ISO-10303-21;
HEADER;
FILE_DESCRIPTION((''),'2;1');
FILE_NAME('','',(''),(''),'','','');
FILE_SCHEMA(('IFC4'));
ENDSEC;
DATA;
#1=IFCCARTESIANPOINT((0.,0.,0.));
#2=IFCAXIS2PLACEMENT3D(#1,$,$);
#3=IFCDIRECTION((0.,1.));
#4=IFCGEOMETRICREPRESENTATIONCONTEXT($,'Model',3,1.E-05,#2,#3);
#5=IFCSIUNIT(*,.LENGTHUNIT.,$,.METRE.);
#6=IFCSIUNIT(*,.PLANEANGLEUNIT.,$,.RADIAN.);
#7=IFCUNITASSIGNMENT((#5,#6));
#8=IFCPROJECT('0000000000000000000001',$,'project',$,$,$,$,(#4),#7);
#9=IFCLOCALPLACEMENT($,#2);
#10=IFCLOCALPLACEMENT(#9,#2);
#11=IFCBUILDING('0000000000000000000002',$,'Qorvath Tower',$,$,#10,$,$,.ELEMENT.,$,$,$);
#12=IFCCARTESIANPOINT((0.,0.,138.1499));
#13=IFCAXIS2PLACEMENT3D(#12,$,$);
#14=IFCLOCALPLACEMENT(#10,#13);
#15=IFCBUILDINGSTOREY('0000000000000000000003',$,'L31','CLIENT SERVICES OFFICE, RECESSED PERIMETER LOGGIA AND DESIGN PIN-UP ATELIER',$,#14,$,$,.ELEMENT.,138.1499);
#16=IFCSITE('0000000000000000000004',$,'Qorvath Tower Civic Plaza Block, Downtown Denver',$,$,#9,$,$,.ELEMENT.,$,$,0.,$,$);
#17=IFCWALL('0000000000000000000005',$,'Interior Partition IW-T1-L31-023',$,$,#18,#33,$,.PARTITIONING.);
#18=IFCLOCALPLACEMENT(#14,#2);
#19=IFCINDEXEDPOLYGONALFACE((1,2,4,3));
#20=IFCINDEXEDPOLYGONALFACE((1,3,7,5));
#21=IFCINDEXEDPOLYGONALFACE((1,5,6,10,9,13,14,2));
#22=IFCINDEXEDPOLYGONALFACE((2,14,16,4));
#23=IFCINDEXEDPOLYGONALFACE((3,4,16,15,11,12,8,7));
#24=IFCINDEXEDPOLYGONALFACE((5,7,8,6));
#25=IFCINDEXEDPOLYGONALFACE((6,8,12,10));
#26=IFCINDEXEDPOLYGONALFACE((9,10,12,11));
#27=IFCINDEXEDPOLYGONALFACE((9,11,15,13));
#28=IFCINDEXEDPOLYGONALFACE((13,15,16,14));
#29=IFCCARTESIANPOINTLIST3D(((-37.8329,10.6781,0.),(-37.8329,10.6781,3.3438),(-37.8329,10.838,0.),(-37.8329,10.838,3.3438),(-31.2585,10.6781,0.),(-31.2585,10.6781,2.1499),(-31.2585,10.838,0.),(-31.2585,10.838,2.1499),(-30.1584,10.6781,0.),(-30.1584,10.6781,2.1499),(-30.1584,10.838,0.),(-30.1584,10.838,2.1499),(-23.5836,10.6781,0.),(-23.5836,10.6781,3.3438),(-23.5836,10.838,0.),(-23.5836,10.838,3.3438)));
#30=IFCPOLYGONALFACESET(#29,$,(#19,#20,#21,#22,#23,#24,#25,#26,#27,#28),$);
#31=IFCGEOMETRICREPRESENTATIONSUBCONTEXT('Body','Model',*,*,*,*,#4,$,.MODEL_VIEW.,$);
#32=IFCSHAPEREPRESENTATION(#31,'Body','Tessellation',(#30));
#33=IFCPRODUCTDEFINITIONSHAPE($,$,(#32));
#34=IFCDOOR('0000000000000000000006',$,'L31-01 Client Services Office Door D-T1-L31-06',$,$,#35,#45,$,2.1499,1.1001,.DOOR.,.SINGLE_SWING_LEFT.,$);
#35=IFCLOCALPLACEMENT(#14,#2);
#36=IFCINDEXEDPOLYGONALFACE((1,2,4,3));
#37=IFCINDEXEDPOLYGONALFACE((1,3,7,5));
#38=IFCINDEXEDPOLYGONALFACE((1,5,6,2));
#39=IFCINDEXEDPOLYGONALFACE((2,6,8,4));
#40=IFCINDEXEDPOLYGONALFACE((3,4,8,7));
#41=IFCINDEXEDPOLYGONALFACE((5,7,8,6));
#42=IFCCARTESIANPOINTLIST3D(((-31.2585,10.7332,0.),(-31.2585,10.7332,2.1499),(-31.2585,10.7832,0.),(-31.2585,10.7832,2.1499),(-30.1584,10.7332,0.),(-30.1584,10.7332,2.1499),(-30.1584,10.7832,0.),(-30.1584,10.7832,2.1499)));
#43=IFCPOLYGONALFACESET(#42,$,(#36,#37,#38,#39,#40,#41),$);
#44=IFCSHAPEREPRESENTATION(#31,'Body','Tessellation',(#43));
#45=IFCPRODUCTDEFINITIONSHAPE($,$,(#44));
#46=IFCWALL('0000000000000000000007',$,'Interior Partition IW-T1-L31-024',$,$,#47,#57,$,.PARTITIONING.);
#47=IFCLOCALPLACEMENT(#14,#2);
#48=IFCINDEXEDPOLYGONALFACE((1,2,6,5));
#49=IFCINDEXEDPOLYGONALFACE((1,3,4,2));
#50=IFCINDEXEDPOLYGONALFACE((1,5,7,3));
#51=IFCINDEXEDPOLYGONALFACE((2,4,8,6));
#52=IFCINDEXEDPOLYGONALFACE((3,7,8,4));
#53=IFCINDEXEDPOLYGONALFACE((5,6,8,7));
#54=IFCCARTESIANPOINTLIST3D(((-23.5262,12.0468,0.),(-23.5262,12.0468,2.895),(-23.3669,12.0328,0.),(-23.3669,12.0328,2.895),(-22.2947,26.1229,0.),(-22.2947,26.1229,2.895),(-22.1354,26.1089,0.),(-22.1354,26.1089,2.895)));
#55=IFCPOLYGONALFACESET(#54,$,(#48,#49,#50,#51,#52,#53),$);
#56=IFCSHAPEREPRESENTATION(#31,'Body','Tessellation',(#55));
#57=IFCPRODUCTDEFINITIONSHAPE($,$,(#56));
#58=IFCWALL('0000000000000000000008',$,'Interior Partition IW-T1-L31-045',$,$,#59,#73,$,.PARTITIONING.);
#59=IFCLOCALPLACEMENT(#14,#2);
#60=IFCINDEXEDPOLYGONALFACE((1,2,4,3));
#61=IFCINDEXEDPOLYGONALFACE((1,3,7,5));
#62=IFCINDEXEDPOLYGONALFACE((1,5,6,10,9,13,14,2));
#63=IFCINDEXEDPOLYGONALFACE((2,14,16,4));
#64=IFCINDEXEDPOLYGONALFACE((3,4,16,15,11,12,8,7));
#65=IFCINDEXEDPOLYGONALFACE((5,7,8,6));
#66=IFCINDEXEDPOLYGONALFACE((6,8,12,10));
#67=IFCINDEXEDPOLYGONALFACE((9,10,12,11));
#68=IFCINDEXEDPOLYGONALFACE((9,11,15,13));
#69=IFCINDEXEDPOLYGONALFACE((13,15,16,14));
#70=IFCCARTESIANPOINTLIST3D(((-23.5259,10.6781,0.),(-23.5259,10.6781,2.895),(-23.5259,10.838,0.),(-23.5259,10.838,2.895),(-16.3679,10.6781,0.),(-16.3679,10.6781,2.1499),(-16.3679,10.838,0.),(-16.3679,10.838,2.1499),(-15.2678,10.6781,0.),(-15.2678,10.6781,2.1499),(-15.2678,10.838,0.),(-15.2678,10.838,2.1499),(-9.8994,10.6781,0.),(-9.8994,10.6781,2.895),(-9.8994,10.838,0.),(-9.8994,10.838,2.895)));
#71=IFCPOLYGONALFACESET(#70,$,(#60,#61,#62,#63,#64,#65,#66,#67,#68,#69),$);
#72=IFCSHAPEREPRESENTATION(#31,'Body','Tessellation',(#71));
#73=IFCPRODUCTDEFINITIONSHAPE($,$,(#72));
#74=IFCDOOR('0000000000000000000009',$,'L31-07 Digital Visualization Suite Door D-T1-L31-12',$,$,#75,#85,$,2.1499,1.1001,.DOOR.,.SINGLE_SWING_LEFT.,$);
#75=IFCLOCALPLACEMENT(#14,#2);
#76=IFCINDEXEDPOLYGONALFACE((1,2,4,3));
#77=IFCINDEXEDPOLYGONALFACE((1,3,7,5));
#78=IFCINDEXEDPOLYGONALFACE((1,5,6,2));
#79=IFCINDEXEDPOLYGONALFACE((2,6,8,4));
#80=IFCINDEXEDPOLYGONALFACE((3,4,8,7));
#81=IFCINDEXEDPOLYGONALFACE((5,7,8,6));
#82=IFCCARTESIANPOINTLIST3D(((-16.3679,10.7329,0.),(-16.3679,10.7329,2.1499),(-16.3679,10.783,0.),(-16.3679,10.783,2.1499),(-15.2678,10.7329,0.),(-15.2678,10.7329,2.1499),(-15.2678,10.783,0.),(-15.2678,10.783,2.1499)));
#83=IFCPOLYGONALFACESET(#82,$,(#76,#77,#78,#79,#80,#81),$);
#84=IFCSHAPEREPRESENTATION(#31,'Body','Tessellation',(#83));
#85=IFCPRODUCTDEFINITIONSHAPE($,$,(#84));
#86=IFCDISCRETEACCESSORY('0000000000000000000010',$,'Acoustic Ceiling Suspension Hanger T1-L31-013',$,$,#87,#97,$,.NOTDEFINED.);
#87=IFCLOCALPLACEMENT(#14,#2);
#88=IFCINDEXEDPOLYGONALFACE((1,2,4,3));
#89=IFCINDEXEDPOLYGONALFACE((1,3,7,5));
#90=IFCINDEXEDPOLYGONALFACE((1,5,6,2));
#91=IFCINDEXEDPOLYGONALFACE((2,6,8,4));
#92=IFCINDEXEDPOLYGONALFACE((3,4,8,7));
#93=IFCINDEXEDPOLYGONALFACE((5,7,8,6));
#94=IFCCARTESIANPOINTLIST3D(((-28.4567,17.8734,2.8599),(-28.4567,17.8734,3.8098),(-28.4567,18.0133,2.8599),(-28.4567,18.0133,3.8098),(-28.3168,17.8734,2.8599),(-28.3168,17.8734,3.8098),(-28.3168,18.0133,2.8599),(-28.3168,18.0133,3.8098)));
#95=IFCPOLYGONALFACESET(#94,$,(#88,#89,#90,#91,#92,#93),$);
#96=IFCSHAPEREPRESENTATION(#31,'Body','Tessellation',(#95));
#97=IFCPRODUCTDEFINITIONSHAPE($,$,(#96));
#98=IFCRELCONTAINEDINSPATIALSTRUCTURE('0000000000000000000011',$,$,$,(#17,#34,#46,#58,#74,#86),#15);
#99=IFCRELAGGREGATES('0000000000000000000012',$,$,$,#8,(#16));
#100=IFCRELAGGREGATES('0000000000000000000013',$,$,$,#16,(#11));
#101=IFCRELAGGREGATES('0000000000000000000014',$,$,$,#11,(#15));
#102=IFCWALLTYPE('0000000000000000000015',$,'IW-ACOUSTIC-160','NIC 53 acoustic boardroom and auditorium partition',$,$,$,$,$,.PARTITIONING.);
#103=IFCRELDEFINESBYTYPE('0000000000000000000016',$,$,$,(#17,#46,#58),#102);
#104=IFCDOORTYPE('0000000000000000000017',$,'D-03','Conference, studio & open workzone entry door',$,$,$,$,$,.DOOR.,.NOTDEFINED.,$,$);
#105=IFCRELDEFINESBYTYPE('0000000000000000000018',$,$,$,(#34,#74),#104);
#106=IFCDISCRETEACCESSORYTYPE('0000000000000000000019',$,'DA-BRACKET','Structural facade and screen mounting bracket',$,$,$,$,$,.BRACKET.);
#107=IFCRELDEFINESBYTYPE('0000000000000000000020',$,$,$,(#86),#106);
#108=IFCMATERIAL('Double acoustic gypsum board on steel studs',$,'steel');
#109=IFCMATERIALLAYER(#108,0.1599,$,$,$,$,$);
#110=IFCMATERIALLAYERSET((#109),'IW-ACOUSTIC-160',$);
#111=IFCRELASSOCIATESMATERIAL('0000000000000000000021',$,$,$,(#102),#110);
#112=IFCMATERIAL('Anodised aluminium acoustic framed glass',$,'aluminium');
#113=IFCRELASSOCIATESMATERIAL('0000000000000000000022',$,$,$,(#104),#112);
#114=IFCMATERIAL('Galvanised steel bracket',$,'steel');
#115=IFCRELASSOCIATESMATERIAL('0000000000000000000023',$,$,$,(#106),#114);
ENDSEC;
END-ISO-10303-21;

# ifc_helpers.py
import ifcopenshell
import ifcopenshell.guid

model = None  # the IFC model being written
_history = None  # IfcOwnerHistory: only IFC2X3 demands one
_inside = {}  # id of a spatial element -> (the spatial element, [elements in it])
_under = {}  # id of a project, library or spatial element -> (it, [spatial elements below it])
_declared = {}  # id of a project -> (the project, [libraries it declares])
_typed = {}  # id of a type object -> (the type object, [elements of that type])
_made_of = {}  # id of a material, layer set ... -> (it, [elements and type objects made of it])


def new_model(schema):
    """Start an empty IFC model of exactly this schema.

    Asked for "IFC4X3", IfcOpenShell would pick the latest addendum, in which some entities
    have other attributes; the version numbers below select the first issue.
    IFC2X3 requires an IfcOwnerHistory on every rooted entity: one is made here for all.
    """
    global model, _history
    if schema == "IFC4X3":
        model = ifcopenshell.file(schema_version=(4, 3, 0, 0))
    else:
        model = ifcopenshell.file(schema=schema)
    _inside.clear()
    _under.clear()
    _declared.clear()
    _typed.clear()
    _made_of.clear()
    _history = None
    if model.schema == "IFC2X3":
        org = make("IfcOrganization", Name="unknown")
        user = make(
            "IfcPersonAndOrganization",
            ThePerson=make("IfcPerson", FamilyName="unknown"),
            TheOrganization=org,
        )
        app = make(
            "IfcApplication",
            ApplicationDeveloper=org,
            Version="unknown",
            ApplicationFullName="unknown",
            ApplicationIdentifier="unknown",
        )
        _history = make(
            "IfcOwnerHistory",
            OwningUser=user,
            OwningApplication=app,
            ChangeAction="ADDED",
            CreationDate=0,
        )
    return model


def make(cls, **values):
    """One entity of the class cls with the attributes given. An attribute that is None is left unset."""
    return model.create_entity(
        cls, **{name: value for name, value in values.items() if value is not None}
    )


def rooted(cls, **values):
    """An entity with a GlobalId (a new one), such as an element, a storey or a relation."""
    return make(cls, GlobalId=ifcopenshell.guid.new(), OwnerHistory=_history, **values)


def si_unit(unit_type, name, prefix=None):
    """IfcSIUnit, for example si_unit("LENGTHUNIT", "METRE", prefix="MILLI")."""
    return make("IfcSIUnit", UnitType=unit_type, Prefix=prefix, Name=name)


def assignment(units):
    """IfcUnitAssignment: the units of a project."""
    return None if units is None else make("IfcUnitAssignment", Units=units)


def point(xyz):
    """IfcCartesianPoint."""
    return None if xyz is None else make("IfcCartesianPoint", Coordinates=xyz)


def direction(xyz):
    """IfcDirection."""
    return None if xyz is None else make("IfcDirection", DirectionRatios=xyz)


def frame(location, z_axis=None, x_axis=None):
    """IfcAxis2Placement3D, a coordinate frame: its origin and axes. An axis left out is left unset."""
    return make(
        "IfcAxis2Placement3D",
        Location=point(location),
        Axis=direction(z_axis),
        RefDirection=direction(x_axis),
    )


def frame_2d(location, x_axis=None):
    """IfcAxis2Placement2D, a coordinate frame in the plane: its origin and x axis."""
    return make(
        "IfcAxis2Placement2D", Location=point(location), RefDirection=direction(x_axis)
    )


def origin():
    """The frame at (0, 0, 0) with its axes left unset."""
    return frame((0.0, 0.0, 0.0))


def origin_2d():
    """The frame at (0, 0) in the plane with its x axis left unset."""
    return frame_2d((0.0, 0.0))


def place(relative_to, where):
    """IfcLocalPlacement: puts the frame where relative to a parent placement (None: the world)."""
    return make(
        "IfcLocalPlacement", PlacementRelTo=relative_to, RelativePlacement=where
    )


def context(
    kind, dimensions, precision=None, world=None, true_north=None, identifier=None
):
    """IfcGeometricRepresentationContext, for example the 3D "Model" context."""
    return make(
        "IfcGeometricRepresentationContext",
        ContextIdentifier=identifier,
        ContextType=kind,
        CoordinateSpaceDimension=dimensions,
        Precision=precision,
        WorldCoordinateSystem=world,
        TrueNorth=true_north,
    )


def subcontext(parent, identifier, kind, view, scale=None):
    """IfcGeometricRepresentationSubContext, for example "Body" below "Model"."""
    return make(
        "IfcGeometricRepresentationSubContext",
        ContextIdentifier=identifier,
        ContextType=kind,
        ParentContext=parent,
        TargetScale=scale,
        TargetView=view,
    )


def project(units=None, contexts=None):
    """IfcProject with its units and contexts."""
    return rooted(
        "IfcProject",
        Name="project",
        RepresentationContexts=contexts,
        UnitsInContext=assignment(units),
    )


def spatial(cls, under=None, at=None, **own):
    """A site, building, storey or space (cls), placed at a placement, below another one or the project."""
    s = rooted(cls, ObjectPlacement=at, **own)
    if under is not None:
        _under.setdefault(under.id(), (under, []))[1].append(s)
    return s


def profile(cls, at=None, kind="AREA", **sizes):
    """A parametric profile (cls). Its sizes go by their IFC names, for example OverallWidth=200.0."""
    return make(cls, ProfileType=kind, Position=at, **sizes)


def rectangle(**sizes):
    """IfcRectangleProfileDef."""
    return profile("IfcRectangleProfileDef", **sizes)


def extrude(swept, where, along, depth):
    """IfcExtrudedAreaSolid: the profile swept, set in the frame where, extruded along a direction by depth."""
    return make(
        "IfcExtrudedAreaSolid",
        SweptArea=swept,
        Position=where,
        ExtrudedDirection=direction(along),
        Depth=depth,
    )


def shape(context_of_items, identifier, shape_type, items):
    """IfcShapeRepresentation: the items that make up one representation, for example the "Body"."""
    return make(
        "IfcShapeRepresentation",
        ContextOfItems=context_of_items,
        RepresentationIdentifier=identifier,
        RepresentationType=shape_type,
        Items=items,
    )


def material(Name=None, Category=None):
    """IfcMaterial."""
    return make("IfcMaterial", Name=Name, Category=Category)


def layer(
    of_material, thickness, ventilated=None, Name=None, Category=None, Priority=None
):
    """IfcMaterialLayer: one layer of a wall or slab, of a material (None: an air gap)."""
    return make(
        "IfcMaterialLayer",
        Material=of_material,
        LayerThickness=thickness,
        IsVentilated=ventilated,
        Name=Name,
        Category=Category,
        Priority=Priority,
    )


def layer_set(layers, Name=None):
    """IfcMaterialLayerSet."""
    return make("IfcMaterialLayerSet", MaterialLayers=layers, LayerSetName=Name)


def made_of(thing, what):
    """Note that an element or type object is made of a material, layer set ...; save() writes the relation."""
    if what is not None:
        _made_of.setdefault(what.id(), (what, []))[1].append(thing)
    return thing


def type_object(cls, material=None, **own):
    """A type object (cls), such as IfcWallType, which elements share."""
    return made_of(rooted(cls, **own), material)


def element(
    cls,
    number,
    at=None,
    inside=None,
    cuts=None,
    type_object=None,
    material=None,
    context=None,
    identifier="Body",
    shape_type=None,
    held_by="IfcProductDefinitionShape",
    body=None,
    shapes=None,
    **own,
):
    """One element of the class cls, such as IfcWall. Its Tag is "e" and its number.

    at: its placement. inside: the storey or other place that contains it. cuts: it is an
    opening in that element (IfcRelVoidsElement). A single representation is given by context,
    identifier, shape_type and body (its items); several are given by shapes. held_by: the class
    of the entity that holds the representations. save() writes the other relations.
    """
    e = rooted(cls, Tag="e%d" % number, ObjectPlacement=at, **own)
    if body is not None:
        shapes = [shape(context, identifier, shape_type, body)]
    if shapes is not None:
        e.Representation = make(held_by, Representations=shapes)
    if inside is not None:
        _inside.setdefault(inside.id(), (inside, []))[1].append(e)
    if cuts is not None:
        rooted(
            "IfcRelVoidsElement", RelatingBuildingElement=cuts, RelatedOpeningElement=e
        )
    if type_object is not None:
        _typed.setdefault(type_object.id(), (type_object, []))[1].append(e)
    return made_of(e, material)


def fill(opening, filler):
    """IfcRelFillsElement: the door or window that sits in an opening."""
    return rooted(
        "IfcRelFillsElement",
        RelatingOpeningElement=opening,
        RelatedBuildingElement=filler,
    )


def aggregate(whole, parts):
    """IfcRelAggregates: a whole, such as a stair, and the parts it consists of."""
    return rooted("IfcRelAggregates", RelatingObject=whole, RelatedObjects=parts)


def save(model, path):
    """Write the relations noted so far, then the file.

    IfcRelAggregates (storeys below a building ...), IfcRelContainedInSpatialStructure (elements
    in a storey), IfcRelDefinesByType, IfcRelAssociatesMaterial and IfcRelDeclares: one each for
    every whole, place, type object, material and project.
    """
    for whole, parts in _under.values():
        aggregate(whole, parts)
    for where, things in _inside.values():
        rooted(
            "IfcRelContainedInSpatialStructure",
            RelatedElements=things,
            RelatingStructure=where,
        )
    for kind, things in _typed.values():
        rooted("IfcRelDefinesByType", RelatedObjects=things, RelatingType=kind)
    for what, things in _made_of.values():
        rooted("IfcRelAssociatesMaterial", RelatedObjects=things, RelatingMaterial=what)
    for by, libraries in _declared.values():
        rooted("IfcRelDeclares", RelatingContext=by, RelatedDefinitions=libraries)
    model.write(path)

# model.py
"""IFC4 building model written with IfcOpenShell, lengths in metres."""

from ifc_helpers import new_model, si_unit, direction, frame, frame_2d, origin, origin_2d, place, context, subcontext, project, spatial, rectangle, extrude, material, layer, layer_set, type_object, element, fill, save


model = new_model("IFC4")

# Units and contexts
model_context = context("Model", 3, precision=1e-05, world=origin(), true_north=direction((0.0, 1.0)))
body_context = subcontext(model_context, "Body", "Model", "MODEL_VIEW")
ifc_project = project(units=[si_unit("LENGTHUNIT", "METRE"), si_unit("PLANEANGLEUNIT", "RADIAN")], contexts=[model_context])

# Site, building, storey
site_placement = place(None, origin())
site = spatial("IfcSite", under=ifc_project, at=site_placement, Name="Qorvath Tower Civic Plaza Block, Downtown Denver", CompositionType="ELEMENT", RefElevation=0.0)
building_placement = place(site_placement, origin())
building = spatial("IfcBuilding", under=site, at=building_placement, Name="Qorvath Tower", CompositionType="ELEMENT")
storey_placement = place(building_placement, frame((0.0, 0.0, 138.1499)))
storey = spatial("IfcBuildingStorey", under=building, at=storey_placement, Name="L31", Description="CLIENT SERVICES OFFICE, RECESSED PERIMETER LOGGIA AND DESIGN PIN-UP ATELIER", CompositionType="ELEMENT", Elevation=138.1499)

# Wall, opening, door
ifc_material_1 = material(Name="Double acoustic gypsum board on steel studs", Category="steel")
ifc_layer_1 = layer(ifc_material_1, 0.1599)
ifc_layer_set_1 = layer_set([ifc_layer_1], Name="IW-ACOUSTIC-160")
wall_type_1 = type_object("IfcWallType", Name="IW-ACOUSTIC-160", Description="NIC 53 acoustic boardroom and auditorium partition", PredefinedType="PARTITIONING", material=ifc_layer_set_1)
wall_1_placement = place(storey_placement, frame((-23.5837, 10.7581, 0.0), z_axis=(0.0, 0.0, 1.0), x_axis=(-1.0, 0.0, 0.0)))
wall_1 = element("IfcWall", 1, at=wall_1_placement, inside=storey, type_object=wall_type_1, Name="Interior Partition IW-T1-L31-023", PredefinedType="PARTITIONING", context=body_context, shape_type="SweptSolid", body=[
    extrude(rectangle(XDim=14.2493, YDim=0.1599, at=frame_2d((7.1245, 0.0))), origin(), (0.0, 0.0, 1.0), 3.3438),
])
opening_1_placement = place(wall_1_placement, frame((6.5747, 0.0, 0.0)))
opening_1 = element("IfcOpeningElement", 2, at=opening_1_placement, cuts=wall_1, PredefinedType="OPENING", context=body_context, shape_type="SweptSolid", body=[
    extrude(rectangle(XDim=1.1001, YDim=2.1499, at=frame_2d((0.55, 1.075))), frame((0.0, 0.0898, 0.0), z_axis=(0.0, -1.0, 0.0), x_axis=(1.0, 0.0, 0.0)), (0.0, 0.0, 1.0), 0.1799),
])
ifc_material_2 = material(Name="Anodised aluminium acoustic framed glass", Category="aluminium")
door_type_1 = type_object("IfcDoorType", Name="D-03", Description="Conference, studio & open workzone entry door", OperationType="NOTDEFINED", PredefinedType="DOOR", material=ifc_material_2)
door_1_placement = place(opening_1_placement, origin())
door_1 = element("IfcDoor", 3, at=door_1_placement, inside=storey, type_object=door_type_1, Name="L31-01 Client Services Office Door D-T1-L31-06", OperationType="SINGLE_SWING_LEFT", OverallHeight=2.1499, OverallWidth=1.1001, PredefinedType="DOOR", context=body_context, shape_type="SweptSolid", body=[
    extrude(rectangle(XDim=1.1001, YDim=2.1499, at=frame_2d((0.55, 1.075))), frame((0.0, 0.0249, 0.0), z_axis=(0.0, -1.0, 0.0), x_axis=(1.0, 0.0, 0.0)), (0.0, 0.0, 1.0), 0.05),
])
fill(opening_1, door_1)

# Wall
wall_2_placement = place(storey_placement, frame((-23.4465, 12.0398, 0.0), z_axis=(0.0, 0.0, 1.0), x_axis=(0.087152, 0.996195, 0.0)))
element("IfcWall", 4, at=wall_2_placement, inside=storey, type_object=wall_type_1, Name="Interior Partition IW-T1-L31-024", PredefinedType="PARTITIONING", context=body_context, shape_type="SweptSolid", body=[
    extrude(rectangle(XDim=14.1299, YDim=0.1599, at=frame_2d((7.0649, 0.0))), origin(), (0.0, 0.0, 1.0), 2.895),
])

# Wall, opening, door
wall_3_placement = place(storey_placement, frame((-23.5259, 10.7581, 0.0), z_axis=(0.0, 0.0, 1.0), x_axis=(1.0, 0.0, 0.0)))
wall_3 = element("IfcWall", 5, at=wall_3_placement, inside=storey, type_object=wall_type_1, Name="Interior Partition IW-T1-L31-045", PredefinedType="PARTITIONING", context=body_context, shape_type="SweptSolid", body=[
    extrude(rectangle(XDim=13.6265, YDim=0.1599, at=frame_2d((6.8132, 0.0))), origin(), (0.0, 0.0, 1.0), 2.895),
])
opening_2_placement = place(wall_3_placement, frame((7.158, 0.0, 0.0)))
opening_2 = element("IfcOpeningElement", 6, at=opening_2_placement, cuts=wall_3, PredefinedType="OPENING", context=body_context, shape_type="SweptSolid", body=[
    extrude(rectangle(XDim=1.1001, YDim=2.1499, at=frame_2d((0.55, 1.075))), frame((0.0, 0.0898, 0.0), z_axis=(0.0, -1.0, 0.0), x_axis=(1.0, 0.0, 0.0)), (0.0, 0.0, 1.0), 0.1799),
])
door_2_placement = place(opening_2_placement, origin())
door_2 = element("IfcDoor", 7, at=door_2_placement, inside=storey, type_object=door_type_1, Name="L31-07 Digital Visualization Suite Door D-T1-L31-12", OperationType="SINGLE_SWING_LEFT", OverallHeight=2.1499, OverallWidth=1.1001, PredefinedType="DOOR", context=body_context, shape_type="SweptSolid", body=[
    extrude(rectangle(XDim=1.1001, YDim=2.1499, at=frame_2d((0.55, 1.075))), frame((0.0, 0.0249, 0.0), z_axis=(0.0, -1.0, 0.0), x_axis=(1.0, 0.0, 0.0)), (0.0, 0.0, 1.0), 0.05),
])
fill(opening_2, door_2)

# Discrete accessory
ifc_material_3 = material(Name="Galvanised steel bracket", Category="steel")
discrete_accessory_type = type_object("IfcDiscreteAccessoryType", Name="DA-BRACKET", Description="Structural facade and screen mounting bracket", PredefinedType="BRACKET", material=ifc_material_3)
discrete_accessory_placement = place(storey_placement, frame((-28.3867, 17.9434, 2.8599), z_axis=(0.0, 0.0, 1.0), x_axis=(1.0, 0.0, 0.0)))
element("IfcDiscreteAccessory", 8, at=discrete_accessory_placement, inside=storey, type_object=discrete_accessory_type, Name="Acoustic Ceiling Suspension Hanger T1-L31-013", PredefinedType="NOTDEFINED", context=body_context, shape_type="SweptSolid", body=[
    extrude(rectangle(XDim=0.1399, YDim=0.1399, at=origin_2d()), origin(), (0.0, 0.0, 1.0), 0.95),
])

save(model, "model.ifc")
